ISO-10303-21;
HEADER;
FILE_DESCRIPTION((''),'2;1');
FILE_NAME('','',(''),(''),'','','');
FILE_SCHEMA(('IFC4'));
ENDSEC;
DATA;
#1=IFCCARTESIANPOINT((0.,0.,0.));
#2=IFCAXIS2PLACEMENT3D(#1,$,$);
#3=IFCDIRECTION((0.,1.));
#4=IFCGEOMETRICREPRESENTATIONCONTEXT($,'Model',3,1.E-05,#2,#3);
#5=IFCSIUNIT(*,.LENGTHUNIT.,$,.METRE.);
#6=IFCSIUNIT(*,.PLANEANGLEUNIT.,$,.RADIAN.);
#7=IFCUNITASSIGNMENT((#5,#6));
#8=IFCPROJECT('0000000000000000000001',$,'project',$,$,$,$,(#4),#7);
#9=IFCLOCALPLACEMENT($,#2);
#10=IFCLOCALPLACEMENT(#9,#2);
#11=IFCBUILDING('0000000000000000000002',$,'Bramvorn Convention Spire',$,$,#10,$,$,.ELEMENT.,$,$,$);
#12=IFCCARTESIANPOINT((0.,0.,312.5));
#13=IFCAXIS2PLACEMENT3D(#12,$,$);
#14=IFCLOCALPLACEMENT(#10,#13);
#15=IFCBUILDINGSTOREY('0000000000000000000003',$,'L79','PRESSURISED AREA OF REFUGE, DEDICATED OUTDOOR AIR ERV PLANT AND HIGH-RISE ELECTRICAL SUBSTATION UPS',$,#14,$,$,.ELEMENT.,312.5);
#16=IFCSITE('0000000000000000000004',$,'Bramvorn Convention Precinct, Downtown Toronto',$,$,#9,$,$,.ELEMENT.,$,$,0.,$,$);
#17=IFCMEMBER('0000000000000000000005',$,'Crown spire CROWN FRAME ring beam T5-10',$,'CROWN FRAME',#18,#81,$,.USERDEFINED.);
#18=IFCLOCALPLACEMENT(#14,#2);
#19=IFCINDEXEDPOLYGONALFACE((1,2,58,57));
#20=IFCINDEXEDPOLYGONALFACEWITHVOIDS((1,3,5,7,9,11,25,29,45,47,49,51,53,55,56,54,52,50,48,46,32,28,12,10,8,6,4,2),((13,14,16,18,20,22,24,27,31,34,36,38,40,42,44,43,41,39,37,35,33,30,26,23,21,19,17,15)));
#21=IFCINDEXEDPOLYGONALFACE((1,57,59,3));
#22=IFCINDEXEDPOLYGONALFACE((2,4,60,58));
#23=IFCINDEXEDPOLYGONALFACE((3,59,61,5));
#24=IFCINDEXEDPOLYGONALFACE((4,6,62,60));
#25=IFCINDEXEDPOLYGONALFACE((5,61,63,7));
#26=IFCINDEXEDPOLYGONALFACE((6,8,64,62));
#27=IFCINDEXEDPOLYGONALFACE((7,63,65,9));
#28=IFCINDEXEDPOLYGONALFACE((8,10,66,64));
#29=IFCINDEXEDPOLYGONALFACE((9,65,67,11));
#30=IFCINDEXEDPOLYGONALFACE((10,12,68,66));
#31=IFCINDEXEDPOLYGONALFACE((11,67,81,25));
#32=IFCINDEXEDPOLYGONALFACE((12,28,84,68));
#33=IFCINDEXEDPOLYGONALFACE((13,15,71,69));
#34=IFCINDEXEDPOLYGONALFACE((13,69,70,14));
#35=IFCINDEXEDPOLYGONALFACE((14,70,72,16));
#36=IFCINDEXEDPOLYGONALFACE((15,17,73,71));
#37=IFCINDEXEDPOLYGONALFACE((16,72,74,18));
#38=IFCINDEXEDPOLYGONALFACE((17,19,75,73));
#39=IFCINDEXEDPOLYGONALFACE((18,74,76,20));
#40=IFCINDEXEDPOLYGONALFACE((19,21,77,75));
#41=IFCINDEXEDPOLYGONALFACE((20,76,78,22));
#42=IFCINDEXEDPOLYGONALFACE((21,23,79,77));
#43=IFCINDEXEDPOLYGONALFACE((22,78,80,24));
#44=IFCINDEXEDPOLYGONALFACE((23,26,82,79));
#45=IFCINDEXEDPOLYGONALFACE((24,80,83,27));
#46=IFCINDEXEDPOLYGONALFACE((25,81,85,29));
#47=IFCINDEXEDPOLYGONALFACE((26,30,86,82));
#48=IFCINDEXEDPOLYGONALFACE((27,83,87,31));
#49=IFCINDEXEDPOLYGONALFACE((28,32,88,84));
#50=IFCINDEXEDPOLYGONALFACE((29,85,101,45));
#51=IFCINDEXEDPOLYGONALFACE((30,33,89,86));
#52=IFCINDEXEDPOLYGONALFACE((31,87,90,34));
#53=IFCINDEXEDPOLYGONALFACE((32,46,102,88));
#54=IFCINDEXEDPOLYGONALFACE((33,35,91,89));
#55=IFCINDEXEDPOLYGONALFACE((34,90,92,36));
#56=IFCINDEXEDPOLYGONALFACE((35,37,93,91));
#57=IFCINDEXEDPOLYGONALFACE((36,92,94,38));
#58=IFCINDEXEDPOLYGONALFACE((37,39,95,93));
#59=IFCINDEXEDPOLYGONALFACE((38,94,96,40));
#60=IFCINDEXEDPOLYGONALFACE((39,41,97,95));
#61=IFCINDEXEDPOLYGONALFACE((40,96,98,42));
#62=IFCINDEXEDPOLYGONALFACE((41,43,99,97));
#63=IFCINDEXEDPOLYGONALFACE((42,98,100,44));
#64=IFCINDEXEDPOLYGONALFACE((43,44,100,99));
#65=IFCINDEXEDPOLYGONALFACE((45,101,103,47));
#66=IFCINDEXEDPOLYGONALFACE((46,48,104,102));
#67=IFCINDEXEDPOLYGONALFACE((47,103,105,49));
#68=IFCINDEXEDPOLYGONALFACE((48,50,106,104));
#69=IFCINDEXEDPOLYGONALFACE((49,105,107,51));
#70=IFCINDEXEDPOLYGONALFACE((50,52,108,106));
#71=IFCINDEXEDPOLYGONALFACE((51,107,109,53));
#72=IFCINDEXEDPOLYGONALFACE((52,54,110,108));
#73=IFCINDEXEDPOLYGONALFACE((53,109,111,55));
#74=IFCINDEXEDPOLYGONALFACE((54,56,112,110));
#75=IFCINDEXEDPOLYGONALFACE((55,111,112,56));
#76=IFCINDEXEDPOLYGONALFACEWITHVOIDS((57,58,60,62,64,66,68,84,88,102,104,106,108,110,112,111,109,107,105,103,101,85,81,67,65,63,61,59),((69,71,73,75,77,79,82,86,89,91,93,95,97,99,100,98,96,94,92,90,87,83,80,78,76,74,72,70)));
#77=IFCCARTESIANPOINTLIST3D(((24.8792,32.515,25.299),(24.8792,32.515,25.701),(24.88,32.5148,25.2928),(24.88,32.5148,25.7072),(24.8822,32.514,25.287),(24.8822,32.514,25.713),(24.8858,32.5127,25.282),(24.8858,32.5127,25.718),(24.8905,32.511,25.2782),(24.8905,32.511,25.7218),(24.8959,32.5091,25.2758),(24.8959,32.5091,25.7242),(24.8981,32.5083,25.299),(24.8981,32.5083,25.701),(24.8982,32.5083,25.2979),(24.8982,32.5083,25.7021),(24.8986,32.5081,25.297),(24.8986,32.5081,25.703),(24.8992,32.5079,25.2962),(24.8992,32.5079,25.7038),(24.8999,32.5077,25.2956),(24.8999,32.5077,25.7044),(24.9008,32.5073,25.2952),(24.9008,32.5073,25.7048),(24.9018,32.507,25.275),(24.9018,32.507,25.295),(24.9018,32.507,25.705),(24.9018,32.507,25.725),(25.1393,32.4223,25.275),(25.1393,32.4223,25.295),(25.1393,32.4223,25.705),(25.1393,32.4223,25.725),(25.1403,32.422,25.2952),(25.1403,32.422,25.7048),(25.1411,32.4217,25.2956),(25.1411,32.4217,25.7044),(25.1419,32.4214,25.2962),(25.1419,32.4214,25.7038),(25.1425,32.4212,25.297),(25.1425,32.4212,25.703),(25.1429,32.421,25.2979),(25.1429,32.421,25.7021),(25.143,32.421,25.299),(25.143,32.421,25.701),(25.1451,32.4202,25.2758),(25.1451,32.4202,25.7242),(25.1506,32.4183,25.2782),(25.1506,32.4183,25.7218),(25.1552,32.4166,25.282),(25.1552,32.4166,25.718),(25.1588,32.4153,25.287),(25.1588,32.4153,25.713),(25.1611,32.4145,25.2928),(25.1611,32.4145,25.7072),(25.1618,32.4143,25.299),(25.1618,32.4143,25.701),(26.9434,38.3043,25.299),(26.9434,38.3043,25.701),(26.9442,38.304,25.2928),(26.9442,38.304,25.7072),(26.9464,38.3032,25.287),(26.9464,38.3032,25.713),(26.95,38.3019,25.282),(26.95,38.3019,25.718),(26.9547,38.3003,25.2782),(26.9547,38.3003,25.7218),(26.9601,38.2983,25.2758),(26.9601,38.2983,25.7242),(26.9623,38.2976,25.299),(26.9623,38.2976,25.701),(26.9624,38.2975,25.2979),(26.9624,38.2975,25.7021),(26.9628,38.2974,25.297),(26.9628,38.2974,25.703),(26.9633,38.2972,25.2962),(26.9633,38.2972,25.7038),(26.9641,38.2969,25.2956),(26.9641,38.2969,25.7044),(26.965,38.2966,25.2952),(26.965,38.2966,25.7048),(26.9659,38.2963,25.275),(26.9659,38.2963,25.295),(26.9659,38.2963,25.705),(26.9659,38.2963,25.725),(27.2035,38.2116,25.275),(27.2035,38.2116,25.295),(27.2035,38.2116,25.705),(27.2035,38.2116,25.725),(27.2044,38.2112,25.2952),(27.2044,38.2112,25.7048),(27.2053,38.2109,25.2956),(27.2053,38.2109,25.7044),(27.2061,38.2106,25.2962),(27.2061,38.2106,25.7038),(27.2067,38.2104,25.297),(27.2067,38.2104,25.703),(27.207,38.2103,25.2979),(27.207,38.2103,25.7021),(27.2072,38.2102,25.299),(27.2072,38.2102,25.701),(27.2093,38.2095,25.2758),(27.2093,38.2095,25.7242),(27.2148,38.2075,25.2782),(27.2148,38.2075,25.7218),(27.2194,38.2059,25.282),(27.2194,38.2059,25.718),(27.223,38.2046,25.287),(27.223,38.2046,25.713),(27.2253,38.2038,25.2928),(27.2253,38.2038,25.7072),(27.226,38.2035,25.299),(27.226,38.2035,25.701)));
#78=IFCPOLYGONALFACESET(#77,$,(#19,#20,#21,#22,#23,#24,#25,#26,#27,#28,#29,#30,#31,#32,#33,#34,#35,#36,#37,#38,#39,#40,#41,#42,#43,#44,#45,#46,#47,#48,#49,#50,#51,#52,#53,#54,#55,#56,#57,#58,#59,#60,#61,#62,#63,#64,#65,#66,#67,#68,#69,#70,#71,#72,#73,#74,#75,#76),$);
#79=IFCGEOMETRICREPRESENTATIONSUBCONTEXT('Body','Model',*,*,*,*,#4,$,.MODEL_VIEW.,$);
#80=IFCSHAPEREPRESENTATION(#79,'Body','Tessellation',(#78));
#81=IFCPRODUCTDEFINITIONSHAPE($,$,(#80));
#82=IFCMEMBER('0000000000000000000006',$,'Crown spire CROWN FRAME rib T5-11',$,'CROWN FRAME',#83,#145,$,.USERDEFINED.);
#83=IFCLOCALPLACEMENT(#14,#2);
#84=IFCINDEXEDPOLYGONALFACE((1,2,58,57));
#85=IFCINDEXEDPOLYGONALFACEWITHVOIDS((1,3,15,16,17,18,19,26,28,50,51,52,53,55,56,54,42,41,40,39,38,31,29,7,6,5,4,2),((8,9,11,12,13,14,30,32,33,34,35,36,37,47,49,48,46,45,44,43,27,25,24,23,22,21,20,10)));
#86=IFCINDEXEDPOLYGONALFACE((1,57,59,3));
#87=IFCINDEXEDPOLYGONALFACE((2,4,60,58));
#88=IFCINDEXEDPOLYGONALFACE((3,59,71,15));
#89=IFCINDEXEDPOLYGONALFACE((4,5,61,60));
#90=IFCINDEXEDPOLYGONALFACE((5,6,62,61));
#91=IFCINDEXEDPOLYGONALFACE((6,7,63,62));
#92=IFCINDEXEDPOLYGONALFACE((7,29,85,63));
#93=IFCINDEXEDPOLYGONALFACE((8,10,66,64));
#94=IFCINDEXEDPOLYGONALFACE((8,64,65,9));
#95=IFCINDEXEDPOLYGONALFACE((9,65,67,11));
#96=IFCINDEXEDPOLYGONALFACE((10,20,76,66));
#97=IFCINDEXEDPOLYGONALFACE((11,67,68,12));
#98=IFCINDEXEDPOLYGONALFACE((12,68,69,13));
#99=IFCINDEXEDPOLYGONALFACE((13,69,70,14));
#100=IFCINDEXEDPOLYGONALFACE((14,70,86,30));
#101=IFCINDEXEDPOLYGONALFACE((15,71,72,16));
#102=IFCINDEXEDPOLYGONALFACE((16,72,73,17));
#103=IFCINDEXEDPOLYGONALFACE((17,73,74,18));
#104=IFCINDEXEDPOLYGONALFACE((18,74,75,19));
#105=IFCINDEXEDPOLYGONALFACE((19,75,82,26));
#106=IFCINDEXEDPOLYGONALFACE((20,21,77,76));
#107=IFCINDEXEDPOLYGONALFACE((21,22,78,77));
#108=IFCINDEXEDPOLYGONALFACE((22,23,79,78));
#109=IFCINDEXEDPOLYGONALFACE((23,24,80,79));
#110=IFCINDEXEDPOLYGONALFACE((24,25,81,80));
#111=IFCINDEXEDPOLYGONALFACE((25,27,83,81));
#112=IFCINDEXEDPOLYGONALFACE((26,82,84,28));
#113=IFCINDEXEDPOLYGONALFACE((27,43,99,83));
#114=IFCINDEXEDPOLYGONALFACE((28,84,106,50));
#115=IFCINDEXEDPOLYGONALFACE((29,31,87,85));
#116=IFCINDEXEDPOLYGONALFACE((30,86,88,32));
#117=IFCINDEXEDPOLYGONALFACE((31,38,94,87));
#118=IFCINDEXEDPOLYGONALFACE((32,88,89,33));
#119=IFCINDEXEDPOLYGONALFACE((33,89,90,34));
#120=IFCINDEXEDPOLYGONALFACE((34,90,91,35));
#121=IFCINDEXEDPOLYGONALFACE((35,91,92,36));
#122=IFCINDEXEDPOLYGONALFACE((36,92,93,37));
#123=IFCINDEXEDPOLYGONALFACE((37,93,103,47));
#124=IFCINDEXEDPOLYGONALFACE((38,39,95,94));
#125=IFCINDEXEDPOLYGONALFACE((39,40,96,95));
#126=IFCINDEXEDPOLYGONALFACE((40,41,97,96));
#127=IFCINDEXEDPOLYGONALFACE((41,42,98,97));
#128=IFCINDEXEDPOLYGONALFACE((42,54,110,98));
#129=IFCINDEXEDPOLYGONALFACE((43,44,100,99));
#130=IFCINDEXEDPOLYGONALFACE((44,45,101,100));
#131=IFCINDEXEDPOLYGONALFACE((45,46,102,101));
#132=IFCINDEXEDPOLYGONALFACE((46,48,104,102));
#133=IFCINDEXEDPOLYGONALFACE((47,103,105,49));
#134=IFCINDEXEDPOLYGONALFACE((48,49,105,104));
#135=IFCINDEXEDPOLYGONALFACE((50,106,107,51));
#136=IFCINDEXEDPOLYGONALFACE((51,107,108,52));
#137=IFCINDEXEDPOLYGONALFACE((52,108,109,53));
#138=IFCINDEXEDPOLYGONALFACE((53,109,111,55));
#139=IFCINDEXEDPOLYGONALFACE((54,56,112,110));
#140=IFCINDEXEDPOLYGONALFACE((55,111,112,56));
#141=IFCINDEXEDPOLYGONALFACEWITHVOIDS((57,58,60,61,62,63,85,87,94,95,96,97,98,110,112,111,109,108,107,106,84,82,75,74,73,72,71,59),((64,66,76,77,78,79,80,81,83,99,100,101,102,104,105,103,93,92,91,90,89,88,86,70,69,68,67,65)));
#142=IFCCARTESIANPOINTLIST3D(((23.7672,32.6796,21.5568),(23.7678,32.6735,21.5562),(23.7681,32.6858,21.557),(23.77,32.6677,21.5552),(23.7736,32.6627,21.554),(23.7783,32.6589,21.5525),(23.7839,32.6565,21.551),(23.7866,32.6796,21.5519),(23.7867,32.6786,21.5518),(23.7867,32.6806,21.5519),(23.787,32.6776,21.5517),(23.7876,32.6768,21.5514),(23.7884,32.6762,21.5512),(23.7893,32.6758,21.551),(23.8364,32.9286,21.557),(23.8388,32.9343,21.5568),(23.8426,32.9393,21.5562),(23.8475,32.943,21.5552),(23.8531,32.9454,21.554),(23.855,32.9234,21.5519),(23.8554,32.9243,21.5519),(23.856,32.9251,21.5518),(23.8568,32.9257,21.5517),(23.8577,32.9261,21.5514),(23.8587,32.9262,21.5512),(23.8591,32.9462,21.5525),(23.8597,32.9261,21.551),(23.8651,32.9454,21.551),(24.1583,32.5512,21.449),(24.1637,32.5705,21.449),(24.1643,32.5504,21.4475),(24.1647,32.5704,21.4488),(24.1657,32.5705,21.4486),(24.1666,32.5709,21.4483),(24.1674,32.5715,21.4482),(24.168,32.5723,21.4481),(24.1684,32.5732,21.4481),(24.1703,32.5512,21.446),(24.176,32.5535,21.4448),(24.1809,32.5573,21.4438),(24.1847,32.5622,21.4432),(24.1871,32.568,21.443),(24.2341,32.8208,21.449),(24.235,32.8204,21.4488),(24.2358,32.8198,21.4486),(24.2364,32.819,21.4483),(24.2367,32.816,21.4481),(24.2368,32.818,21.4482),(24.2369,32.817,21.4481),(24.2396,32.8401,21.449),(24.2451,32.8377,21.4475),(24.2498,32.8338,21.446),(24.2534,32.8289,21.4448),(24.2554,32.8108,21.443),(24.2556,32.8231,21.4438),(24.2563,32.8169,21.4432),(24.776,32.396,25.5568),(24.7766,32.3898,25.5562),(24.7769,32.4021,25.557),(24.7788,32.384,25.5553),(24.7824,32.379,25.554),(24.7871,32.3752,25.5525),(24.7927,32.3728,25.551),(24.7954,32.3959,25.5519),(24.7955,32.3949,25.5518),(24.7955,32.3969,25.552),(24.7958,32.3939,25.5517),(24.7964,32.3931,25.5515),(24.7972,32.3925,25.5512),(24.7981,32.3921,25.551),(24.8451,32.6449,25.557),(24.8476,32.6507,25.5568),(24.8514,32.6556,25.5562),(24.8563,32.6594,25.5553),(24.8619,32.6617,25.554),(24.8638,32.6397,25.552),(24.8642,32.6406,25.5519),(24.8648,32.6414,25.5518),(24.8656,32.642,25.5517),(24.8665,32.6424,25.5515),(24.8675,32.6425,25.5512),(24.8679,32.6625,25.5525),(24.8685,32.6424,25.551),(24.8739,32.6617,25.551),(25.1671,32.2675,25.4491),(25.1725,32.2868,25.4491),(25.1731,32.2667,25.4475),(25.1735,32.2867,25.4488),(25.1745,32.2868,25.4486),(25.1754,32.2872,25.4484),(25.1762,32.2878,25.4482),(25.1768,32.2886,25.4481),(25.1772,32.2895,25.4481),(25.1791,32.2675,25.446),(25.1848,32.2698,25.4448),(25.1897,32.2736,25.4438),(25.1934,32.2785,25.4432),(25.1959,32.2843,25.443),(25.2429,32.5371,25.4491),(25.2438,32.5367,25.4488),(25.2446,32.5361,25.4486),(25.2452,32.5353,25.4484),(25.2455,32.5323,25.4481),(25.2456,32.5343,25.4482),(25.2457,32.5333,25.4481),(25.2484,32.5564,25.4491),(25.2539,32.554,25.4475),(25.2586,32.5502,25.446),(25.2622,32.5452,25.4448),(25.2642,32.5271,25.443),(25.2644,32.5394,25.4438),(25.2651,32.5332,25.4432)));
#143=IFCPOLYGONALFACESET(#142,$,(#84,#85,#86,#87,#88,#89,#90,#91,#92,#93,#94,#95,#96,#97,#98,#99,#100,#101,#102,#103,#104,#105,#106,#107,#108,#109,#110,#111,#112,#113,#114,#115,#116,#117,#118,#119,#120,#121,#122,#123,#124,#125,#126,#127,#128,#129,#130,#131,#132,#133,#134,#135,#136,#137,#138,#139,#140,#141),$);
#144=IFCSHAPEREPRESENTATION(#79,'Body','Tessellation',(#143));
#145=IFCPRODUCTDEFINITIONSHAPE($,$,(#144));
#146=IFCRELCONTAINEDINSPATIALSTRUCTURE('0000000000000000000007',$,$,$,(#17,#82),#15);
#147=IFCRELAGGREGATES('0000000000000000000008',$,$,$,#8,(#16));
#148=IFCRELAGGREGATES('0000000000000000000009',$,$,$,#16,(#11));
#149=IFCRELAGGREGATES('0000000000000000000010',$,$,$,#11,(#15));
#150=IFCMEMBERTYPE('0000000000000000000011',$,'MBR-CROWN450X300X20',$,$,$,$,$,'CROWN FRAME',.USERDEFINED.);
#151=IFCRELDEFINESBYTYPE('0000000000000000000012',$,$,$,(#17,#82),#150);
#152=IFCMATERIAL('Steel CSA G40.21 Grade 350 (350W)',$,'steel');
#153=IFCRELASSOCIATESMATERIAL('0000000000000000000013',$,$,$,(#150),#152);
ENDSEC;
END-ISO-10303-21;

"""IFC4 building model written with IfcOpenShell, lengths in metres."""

from ifc_helpers import new_model, si_unit, direction, frame, origin, origin_2d, place, context, subcontext, project, spatial, hollow_rectangle, extrude, material, material_profile, profile_set, type_object, element, save


model = new_model("IFC4")

# Units and contexts
model_context = context("Model", 3, precision=1e-05, world=origin(), true_north=direction((0.0, 1.0)))
body_context = subcontext(model_context, "Body", "Model", "MODEL_VIEW")
ifc_project = project(units=[si_unit("LENGTHUNIT", "METRE"), si_unit("PLANEANGLEUNIT", "RADIAN")], contexts=[model_context])

# Site, building, storey
site_placement = place(None, origin())
site = spatial("IfcSite", under=ifc_project, at=site_placement, Name="Bramvorn Convention Precinct, Downtown Toronto", CompositionType="ELEMENT", RefElevation=0.0)
building_placement = place(site_placement, origin())
building = spatial("IfcBuilding", under=site, at=building_placement, Name="Bramvorn Convention Spire", CompositionType="ELEMENT")
storey_placement = place(building_placement, frame((0.0, 0.0, 312.5)))
storey = spatial("IfcBuildingStorey", under=building, at=storey_placement, Name="L79", Description="PRESSURISED AREA OF REFUGE, DEDICATED OUTDOOR AIR ERV PLANT AND HIGH-RISE ELECTRICAL SUBSTATION UPS", CompositionType="ELEMENT", Elevation=312.5)

# Members
ifc_material_1 = material(Name="Steel CSA G40.21 Grade 350 (350W)", Category="steel")
ifc_material_profile = material_profile(ifc_material_1, hollow_rectangle(XDim=0.3, YDim=0.45, WallThickness=0.02, InnerFilletRadius=0.0039, OuterFilletRadius=0.0239, at=origin_2d()))
ifc_profile_set = profile_set([ifc_material_profile], Name="Steel CSA G40.21 Grade 350 (350W) - CROWN450X300X20")
member_type = type_object("IfcMemberType", Name="MBR-CROWN450X300X20", ElementType="CROWN FRAME", PredefinedType="USERDEFINED", material=ifc_profile_set)
member_1_placement = place(storey_placement, frame((27.0847, 38.2539, 25.5), z_axis=(-0.335846, -0.941917, 0.0), x_axis=(0.941917, -0.335846, 0.0)))
element("IfcMember", 1, at=member_1_placement, inside=storey, type_object=member_type, Name="Crown spire CROWN FRAME ring beam T5-10", ObjectType="CROWN FRAME", PredefinedType="USERDEFINED", context=body_context, shape_type="SweptSolid", body=[
    extrude(hollow_rectangle(XDim=0.3, YDim=0.45, WallThickness=0.02, InnerFilletRadius=0.0039, OuterFilletRadius=0.0239, at=origin_2d()), origin(), (0.0, 0.0, 1.0), 6.1462),
])
member_2_placement = place(storey_placement, frame((24.0117, 32.7483, 21.5), z_axis=(0.243964, -0.068608, 0.967354), x_axis=(0.270719, 0.962659, 0.0)))
element("IfcMember", 2, at=member_2_placement, inside=storey, type_object=member_type, Name="Crown spire CROWN FRAME rib T5-11", ObjectType="CROWN FRAME", PredefinedType="USERDEFINED", context=body_context, shape_type="SweptSolid", body=[
    extrude(hollow_rectangle(XDim=0.3, YDim=0.45, WallThickness=0.02, InnerFilletRadius=0.0039, OuterFilletRadius=0.0239, at=origin_2d()), origin(), (0.0, 0.0, 1.0), 4.135),
])

save(model, "model.ifc")
